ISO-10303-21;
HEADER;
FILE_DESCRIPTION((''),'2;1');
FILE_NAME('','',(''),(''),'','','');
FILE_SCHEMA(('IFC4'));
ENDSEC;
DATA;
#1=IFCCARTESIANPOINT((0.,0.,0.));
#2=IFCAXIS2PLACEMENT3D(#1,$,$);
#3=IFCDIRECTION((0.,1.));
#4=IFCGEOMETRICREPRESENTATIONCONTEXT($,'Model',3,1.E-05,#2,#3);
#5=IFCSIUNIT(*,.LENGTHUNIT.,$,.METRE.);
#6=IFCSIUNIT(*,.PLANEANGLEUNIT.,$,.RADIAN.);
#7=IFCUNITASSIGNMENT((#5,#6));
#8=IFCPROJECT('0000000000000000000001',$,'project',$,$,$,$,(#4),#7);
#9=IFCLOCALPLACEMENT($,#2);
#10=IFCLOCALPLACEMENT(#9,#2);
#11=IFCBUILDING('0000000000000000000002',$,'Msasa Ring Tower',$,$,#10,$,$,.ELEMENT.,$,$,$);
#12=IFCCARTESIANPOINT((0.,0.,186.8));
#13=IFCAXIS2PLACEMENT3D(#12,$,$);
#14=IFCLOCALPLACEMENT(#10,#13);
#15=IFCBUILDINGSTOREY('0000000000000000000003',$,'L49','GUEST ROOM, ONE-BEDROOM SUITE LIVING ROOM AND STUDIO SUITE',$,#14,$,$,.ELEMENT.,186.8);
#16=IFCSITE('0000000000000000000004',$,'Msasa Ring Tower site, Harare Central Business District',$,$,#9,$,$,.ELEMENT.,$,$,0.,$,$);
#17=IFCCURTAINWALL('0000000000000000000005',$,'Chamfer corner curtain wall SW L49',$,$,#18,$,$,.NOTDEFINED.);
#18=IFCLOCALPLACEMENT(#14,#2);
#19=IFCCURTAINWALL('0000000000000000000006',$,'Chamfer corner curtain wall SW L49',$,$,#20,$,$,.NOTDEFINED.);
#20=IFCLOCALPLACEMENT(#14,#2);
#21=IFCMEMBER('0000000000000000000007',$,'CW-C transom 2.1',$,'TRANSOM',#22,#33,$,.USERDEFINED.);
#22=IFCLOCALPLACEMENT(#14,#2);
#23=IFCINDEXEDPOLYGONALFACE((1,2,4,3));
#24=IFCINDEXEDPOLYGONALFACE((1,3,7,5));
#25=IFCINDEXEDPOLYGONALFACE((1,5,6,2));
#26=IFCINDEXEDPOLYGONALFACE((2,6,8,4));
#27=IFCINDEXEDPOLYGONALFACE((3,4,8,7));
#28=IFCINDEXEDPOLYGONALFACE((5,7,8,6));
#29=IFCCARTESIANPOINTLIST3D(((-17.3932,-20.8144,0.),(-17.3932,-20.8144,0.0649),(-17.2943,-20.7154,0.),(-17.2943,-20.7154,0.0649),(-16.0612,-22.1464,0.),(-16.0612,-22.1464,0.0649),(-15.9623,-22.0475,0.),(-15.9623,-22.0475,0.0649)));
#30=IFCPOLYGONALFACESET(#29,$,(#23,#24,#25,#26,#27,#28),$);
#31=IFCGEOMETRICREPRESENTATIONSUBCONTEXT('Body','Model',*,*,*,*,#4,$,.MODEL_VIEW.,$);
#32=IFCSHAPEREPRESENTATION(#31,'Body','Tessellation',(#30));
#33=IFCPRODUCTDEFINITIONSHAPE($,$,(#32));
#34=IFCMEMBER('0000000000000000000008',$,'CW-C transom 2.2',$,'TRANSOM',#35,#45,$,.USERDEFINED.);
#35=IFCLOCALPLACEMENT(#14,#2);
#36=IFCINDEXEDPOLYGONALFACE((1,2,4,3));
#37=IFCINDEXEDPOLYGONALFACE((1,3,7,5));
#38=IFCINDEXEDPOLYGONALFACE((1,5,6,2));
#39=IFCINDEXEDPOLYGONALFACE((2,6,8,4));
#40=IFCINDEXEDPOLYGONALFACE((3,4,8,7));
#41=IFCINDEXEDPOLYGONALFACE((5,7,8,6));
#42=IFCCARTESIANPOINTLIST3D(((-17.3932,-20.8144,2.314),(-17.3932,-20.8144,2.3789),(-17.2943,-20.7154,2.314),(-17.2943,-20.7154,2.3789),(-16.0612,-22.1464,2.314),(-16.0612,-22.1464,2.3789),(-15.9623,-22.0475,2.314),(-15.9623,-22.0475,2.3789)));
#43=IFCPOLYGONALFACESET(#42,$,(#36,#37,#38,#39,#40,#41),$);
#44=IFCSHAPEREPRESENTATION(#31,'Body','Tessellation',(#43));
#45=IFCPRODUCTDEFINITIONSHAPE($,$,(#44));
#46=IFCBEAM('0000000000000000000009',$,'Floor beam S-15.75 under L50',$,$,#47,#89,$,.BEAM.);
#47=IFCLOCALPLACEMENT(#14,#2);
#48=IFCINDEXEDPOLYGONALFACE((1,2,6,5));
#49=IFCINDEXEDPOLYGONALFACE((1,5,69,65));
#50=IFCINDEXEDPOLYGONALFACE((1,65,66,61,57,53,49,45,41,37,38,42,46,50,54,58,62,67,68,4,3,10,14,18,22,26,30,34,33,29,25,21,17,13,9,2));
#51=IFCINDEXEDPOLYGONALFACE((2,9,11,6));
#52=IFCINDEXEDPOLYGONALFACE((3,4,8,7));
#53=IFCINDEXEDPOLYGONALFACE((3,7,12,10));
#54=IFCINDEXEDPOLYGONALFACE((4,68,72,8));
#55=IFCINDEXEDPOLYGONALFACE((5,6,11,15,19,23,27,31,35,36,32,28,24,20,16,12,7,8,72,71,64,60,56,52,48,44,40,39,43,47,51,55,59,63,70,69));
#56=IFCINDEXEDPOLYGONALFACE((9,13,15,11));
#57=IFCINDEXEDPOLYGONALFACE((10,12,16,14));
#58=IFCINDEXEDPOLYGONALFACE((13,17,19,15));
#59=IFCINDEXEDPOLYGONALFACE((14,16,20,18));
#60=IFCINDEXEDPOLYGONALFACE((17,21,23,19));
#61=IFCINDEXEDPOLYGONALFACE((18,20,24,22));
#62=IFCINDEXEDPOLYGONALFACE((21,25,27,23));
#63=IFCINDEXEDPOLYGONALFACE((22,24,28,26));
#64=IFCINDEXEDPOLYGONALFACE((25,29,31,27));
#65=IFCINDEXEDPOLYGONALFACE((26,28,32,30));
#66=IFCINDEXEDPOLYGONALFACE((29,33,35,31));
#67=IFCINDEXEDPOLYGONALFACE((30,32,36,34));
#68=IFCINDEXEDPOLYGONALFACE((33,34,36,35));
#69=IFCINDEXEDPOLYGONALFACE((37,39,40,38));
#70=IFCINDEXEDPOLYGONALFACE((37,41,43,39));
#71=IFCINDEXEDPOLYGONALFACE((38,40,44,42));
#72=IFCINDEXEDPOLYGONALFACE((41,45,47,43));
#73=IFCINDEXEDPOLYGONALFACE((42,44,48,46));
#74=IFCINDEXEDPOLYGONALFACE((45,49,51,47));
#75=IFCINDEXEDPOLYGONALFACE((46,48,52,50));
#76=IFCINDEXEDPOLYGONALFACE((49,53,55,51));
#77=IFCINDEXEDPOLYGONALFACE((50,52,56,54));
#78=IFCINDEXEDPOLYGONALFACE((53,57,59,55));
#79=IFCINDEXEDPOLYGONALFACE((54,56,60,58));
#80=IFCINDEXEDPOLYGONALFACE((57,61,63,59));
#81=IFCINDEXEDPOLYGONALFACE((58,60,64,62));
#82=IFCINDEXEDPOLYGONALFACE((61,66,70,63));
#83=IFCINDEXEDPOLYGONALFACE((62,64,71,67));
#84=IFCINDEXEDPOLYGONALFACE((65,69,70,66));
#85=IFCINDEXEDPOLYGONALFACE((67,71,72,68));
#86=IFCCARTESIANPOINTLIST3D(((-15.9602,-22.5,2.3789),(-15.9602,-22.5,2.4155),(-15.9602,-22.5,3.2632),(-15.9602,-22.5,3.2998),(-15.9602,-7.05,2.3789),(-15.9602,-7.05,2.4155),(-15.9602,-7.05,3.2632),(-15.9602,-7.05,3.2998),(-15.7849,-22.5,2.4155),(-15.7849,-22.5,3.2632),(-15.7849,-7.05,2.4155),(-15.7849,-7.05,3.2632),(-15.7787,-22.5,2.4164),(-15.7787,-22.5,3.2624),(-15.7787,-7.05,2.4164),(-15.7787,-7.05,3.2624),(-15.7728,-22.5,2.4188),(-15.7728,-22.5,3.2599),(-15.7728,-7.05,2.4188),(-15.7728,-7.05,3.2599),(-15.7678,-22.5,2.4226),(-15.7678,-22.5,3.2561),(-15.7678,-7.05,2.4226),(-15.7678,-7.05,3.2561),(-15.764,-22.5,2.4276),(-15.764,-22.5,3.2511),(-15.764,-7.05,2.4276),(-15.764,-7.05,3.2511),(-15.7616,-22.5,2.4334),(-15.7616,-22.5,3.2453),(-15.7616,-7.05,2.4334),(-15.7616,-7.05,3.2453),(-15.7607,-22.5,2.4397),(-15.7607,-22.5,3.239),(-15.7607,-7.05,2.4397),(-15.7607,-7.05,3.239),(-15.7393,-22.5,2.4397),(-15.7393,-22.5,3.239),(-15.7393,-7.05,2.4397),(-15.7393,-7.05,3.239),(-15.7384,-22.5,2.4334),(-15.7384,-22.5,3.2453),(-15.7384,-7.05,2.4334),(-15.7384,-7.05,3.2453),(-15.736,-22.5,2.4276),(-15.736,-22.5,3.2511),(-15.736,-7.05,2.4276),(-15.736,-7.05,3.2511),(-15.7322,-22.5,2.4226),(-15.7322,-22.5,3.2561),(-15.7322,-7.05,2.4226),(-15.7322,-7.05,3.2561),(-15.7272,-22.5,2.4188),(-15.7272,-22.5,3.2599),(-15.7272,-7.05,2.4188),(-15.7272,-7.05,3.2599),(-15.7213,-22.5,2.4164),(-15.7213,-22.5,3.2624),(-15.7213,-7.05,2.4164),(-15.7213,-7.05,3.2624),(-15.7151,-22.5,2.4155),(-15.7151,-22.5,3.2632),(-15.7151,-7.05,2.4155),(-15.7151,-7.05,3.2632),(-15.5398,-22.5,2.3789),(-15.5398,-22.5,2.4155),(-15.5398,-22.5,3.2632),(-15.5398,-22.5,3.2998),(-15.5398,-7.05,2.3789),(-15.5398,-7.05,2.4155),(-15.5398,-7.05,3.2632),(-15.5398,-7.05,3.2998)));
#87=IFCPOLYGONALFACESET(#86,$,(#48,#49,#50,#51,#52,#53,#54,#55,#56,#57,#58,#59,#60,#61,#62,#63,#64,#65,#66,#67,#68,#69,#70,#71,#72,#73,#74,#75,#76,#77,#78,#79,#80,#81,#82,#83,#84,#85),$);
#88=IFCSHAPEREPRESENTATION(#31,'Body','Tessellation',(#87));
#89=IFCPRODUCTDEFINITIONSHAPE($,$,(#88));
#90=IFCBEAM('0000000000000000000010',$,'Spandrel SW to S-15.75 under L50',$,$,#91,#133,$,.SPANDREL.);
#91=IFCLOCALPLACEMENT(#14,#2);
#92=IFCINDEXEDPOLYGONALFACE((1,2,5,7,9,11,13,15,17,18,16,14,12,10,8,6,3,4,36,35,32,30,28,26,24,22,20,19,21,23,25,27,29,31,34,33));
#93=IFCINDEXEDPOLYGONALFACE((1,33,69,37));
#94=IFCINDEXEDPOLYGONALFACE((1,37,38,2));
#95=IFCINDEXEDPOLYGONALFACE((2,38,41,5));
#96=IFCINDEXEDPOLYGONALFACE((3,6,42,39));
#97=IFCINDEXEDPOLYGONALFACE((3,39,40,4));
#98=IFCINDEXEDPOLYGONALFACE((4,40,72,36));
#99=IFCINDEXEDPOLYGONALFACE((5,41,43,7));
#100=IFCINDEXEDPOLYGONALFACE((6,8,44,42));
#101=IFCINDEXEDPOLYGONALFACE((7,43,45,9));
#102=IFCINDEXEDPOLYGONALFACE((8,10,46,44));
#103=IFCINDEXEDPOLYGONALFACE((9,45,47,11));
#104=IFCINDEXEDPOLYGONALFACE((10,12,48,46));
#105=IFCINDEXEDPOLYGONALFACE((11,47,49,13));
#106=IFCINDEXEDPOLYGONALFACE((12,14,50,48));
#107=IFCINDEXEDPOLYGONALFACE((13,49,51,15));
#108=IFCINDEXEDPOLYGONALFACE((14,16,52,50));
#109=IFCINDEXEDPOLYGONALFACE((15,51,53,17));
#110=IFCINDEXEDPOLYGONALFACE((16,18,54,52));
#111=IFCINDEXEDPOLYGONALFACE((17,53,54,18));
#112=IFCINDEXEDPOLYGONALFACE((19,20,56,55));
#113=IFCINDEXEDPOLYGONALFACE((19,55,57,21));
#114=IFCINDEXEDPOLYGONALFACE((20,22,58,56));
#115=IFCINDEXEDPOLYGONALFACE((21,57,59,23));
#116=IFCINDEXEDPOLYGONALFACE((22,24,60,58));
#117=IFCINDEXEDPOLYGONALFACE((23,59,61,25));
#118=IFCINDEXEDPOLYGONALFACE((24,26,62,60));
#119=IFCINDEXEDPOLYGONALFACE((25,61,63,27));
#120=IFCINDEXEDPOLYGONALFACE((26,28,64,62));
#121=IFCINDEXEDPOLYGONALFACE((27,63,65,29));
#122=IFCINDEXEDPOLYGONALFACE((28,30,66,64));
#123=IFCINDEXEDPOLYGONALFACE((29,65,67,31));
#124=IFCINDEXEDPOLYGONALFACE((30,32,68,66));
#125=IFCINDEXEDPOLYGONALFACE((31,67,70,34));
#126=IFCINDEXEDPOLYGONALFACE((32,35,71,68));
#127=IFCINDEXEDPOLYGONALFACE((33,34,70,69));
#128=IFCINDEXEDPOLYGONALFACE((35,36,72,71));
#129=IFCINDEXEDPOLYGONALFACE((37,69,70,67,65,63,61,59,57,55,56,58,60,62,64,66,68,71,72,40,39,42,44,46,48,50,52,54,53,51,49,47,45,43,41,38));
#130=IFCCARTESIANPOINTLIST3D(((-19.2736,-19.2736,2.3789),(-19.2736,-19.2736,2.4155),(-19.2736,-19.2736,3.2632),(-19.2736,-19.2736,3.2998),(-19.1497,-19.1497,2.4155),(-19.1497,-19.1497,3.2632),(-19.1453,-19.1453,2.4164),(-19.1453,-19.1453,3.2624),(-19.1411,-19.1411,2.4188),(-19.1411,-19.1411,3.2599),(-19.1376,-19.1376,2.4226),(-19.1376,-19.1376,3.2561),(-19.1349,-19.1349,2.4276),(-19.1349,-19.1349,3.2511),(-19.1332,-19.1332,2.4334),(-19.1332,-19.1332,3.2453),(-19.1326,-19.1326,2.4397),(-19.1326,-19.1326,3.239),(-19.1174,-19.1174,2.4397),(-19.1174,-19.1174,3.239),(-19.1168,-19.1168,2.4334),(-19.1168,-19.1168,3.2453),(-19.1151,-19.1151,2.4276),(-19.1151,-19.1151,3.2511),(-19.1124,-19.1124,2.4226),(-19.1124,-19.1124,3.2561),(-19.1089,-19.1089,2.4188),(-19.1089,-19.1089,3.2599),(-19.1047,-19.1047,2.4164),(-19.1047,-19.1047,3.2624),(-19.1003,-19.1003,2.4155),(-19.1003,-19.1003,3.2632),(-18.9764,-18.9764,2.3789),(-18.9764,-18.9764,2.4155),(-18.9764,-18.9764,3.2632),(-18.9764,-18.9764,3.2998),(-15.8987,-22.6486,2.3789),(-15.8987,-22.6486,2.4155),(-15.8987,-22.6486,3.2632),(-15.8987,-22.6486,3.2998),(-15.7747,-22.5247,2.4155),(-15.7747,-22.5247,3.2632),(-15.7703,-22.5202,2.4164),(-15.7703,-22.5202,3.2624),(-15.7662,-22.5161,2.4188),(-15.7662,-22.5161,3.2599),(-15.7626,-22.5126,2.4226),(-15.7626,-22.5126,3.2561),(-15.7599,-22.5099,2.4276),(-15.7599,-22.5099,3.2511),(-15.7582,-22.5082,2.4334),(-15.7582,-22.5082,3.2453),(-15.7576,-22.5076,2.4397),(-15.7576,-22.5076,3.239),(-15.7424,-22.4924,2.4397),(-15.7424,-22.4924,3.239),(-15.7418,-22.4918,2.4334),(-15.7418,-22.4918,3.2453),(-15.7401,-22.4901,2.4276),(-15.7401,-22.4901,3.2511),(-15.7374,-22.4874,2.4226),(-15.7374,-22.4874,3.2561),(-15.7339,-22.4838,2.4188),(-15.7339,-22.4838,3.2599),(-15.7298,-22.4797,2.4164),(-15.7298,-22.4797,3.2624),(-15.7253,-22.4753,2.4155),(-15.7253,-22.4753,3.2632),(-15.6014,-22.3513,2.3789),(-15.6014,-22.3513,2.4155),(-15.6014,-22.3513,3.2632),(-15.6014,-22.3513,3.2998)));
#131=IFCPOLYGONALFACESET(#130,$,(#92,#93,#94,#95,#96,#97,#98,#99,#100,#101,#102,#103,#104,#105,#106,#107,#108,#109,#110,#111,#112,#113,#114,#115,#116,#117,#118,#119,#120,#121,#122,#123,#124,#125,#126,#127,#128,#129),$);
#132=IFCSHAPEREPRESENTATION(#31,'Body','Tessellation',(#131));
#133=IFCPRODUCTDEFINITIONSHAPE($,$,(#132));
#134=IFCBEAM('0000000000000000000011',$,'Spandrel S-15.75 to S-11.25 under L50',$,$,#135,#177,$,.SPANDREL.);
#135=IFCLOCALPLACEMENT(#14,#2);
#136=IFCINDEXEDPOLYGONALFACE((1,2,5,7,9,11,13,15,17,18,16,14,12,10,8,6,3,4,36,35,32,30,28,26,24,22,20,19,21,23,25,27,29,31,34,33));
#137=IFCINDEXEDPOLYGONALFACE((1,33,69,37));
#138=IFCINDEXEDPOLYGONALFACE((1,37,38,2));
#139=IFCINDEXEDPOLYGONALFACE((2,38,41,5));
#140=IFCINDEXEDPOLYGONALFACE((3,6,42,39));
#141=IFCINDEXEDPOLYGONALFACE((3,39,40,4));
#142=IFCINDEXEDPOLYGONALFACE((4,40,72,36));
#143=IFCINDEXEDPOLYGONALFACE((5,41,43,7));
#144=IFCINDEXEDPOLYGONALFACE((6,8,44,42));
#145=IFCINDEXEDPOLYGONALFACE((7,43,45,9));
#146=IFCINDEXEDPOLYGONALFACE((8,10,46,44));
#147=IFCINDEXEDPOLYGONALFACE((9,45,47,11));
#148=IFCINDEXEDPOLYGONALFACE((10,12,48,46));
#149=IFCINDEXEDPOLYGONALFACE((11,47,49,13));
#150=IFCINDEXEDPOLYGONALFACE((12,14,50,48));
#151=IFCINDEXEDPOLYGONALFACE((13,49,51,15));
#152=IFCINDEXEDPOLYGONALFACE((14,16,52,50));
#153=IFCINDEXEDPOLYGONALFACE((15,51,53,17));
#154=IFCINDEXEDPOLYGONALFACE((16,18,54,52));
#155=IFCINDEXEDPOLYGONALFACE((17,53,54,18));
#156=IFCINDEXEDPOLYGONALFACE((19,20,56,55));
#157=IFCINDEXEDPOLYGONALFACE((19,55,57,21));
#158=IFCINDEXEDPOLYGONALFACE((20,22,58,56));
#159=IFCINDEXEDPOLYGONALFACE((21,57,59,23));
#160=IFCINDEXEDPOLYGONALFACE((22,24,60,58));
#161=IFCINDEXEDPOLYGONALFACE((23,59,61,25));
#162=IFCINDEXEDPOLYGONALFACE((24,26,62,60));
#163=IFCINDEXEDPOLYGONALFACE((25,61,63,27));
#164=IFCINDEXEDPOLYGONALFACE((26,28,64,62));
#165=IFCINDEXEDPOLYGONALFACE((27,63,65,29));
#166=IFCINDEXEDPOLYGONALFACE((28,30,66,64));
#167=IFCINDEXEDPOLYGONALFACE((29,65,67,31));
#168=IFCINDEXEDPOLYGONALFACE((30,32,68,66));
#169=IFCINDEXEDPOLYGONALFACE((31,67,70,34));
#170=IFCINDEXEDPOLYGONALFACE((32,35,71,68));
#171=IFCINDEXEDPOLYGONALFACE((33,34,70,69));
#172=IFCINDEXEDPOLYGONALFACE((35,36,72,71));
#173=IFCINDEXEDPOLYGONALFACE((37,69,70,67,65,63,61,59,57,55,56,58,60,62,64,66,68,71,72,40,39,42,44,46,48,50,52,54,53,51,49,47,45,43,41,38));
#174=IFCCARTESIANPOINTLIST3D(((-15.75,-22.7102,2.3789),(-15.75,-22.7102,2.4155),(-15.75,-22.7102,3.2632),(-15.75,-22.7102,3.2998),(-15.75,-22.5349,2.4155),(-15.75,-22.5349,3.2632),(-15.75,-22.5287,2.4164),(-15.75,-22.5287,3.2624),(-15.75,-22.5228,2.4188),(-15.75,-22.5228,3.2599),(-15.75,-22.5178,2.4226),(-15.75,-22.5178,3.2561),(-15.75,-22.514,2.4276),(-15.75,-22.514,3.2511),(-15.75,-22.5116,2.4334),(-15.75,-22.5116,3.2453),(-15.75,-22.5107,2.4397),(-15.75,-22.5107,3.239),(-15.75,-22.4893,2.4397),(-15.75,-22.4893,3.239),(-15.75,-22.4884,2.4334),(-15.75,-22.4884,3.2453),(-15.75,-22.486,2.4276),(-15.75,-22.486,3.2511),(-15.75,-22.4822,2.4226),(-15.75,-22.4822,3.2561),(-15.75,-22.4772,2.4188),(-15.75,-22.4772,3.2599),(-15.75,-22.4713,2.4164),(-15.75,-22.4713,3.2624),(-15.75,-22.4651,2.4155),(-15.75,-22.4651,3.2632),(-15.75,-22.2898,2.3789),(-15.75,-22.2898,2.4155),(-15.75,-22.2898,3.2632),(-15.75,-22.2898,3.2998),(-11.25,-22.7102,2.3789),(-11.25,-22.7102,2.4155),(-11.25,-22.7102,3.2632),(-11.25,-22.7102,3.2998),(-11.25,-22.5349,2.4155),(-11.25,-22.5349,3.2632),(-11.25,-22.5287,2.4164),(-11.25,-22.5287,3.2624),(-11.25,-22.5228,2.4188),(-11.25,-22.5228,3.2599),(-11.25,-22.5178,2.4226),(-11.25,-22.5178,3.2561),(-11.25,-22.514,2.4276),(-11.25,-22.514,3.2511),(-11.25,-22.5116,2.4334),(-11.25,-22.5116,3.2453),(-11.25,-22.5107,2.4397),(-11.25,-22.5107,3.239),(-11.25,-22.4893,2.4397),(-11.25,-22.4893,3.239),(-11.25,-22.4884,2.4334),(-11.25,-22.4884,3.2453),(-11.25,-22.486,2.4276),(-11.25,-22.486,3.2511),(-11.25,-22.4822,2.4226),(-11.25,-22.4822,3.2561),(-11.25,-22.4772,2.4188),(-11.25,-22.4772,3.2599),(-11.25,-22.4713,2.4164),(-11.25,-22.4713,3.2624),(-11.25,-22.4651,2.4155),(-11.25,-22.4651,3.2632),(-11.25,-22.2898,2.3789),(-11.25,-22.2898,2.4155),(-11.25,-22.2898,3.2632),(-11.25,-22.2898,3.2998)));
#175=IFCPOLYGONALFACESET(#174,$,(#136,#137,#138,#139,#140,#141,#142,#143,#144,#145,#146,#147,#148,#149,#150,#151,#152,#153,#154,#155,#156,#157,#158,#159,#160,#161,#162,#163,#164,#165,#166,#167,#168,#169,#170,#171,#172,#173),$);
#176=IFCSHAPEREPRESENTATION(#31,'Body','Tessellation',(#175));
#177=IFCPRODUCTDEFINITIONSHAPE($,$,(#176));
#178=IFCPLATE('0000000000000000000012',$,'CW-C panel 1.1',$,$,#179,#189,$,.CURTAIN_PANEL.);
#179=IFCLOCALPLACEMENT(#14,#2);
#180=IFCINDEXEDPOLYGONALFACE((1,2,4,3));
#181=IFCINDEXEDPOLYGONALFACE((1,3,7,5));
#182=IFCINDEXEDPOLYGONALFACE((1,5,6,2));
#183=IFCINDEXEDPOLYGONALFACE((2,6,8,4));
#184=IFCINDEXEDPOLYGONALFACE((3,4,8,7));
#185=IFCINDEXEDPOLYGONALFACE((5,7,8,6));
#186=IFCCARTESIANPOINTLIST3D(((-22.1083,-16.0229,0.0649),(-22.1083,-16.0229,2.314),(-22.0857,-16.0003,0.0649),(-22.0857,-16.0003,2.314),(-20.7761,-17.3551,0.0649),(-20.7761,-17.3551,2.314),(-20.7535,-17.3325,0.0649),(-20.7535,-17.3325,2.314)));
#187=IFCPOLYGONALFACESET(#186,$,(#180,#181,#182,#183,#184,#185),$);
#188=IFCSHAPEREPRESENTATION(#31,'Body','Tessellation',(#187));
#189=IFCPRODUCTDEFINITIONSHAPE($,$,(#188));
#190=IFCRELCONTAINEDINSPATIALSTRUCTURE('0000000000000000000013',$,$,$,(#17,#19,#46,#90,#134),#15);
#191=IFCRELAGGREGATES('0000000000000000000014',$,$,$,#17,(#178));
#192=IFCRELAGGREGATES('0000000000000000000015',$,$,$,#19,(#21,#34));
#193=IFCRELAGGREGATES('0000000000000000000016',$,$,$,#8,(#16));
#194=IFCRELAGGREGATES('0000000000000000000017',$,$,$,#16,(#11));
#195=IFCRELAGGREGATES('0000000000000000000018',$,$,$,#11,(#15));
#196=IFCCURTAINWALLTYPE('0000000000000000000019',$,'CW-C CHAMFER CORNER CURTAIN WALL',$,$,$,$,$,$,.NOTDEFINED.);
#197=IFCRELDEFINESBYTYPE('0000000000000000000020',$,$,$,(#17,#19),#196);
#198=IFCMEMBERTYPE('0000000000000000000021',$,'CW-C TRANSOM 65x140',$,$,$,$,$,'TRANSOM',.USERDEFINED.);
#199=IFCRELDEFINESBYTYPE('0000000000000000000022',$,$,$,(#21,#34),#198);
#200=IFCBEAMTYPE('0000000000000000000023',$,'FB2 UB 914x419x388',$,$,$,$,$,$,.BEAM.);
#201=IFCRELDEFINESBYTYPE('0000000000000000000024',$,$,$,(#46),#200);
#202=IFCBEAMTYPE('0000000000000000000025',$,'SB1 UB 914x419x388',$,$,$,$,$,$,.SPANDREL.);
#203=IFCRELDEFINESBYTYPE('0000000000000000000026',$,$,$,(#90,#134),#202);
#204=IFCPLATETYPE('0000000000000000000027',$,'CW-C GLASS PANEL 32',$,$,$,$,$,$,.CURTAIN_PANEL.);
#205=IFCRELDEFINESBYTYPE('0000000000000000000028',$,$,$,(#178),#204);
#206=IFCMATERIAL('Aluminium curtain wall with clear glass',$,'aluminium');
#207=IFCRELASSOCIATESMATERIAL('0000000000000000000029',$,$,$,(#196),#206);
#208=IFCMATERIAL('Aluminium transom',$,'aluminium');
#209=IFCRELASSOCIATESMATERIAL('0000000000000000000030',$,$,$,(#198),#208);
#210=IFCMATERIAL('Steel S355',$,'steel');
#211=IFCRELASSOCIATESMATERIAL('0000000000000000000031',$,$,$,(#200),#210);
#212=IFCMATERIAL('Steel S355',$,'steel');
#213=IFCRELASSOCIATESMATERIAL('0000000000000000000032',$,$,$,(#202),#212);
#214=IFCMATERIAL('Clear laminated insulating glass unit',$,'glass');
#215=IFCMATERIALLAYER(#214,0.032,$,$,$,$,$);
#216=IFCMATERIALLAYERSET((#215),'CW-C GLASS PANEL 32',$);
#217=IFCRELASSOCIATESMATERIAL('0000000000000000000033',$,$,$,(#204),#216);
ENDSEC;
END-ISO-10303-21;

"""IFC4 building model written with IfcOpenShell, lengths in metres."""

from ifc_helpers import new_model, si_unit, direction, frame, origin, origin_2d, place, context, subcontext, project, spatial, rectangle, i_section, extrude, material, layer, layer_set, material_profile, profile_set, type_object, element, aggregate, save


model = new_model("IFC4")

# Units and contexts
model_context = context("Model", 3, precision=1e-05, world=origin(), true_north=direction((0.0, 1.0)))
body_context = subcontext(model_context, "Body", "Model", "MODEL_VIEW")
ifc_project = project(units=[si_unit("LENGTHUNIT", "METRE"), si_unit("PLANEANGLEUNIT", "RADIAN")], contexts=[model_context])

# Site, building, storey
site_placement = place(None, origin())
site = spatial("IfcSite", under=ifc_project, at=site_placement, Name="Msasa Ring Tower site, Harare Central Business District", CompositionType="ELEMENT", RefElevation=0.0)
building_placement = place(site_placement, origin())
building = spatial("IfcBuilding", under=site, at=building_placement, Name="Msasa Ring Tower", CompositionType="ELEMENT")
storey_placement = place(building_placement, frame((0.0, 0.0, 186.8)))
storey = spatial("IfcBuildingStorey", under=building, at=storey_placement, Name="L49", Description="GUEST ROOM, ONE-BEDROOM SUITE LIVING ROOM AND STUDIO SUITE", CompositionType="ELEMENT", Elevation=186.8)

# Curtain walls
ifc_material_1 = material(Name="Aluminium curtain wall with clear glass", Category="aluminium")
curtain_wall_type = type_object("IfcCurtainWallType", Name="CW-C CHAMFER CORNER CURTAIN WALL", PredefinedType="NOTDEFINED", material=ifc_material_1)
curtain_wall_1_placement = place(storey_placement, origin())
curtain_wall_1 = element("IfcCurtainWall", 1, at=curtain_wall_1_placement, inside=storey, type_object=curtain_wall_type, Name="Chamfer corner curtain wall SW L49", PredefinedType="NOTDEFINED")
curtain_wall_2_placement = place(storey_placement, origin())
curtain_wall_2 = element("IfcCurtainWall", 2, at=curtain_wall_2_placement, inside=storey, type_object=curtain_wall_type, Name="Chamfer corner curtain wall SW L49", PredefinedType="NOTDEFINED")

# Members
ifc_material_2 = material(Name="Aluminium transom", Category="aluminium")
ifc_material_profile_1 = material_profile(ifc_material_2, rectangle(XDim=0.1399, YDim=0.0649, at=origin_2d()), Name="AL 65x140")
ifc_profile_set_1 = profile_set([ifc_material_profile_1], Name="Aluminium transom")
member_type_1 = type_object("IfcMemberType", Name="CW-C TRANSOM 65x140", ElementType="TRANSOM", PredefinedType="USERDEFINED", material=ifc_profile_set_1)
member_1_placement = place(storey_placement, frame((-17.3438, -20.7649, 0.0325), z_axis=(0.707107, -0.707107, 0.0), x_axis=(0.707107, 0.707107, 0.0)))
member_1 = element("IfcMember", 3, at=member_1_placement, type_object=member_type_1, Name="CW-C transom 2.1", ObjectType="TRANSOM", PredefinedType="USERDEFINED", context=body_context, shape_type="SweptSolid", body=[
    extrude(rectangle(XDim=0.1399, YDim=0.0649, at=origin_2d()), origin(), (0.0, 0.0, 1.0), 1.8838),
])
member_2_placement = place(storey_placement, frame((-17.3438, -20.7649, 2.3464), z_axis=(0.707107, -0.707107, 0.0), x_axis=(0.707107, 0.707107, 0.0)))
member_2 = element("IfcMember", 4, at=member_2_placement, type_object=member_type_1, Name="CW-C transom 2.2", ObjectType="TRANSOM", PredefinedType="USERDEFINED", context=body_context, shape_type="SweptSolid", body=[
    extrude(rectangle(XDim=0.1399, YDim=0.0649, at=origin_2d()), origin(), (0.0, 0.0, 1.0), 1.8838),
])

# Beams
ifc_material_3 = material(Name="Steel S355", Category="steel")
ifc_material_profile_2 = material_profile(ifc_material_3, i_section(OverallWidth=0.4204, OverallDepth=0.9209, WebThickness=0.0215, FlangeThickness=0.0366, FilletRadius=0.0242, at=origin_2d()), Name="UB 914x419x388")
ifc_profile_set_2 = profile_set([ifc_material_profile_2], Name="Steel S355")
beam_type_1 = type_object("IfcBeamType", Name="FB2 UB 914x419x388", PredefinedType="BEAM", material=ifc_profile_set_2)
beam_1_placement = place(storey_placement, frame((-15.75, -22.5, 2.8394), z_axis=(0.0, 1.0, 0.0), x_axis=(-1.0, 0.0, 0.0)))
element("IfcBeam", 5, at=beam_1_placement, inside=storey, type_object=beam_type_1, Name="Floor beam S-15.75 under L50", PredefinedType="BEAM", context=body_context, shape_type="SweptSolid", body=[
    extrude(i_section(OverallWidth=0.4204, OverallDepth=0.9209, WebThickness=0.0215, FlangeThickness=0.0366, FilletRadius=0.0242, at=origin_2d()), origin(), (0.0, 0.0, 1.0), 15.45),
])
ifc_material_4 = material(Name="Steel S355", Category="steel")
ifc_material_profile_3 = material_profile(ifc_material_4, i_section(OverallWidth=0.4204, OverallDepth=0.9209, WebThickness=0.0215, FlangeThickness=0.0366, FilletRadius=0.0242, at=origin_2d()), Name="UB 914x419x388")
ifc_profile_set_3 = profile_set([ifc_material_profile_3], Name="Steel S355")
beam_type_2 = type_object("IfcBeamType", Name="SB1 UB 914x419x388", PredefinedType="SPANDREL", material=ifc_profile_set_3)
beam_2_placement = place(storey_placement, frame((-19.125, -19.125, 2.8394), z_axis=(0.707107, -0.707107, 0.0), x_axis=(0.707107, 0.707107, 0.0)))
element("IfcBeam", 6, at=beam_2_placement, inside=storey, type_object=beam_type_2, Name="Spandrel SW to S-15.75 under L50", PredefinedType="SPANDREL", context=body_context, shape_type="SweptSolid", body=[
    extrude(i_section(OverallWidth=0.4204, OverallDepth=0.9209, WebThickness=0.0215, FlangeThickness=0.0366, FilletRadius=0.0242, at=origin_2d()), origin(), (0.0, 0.0, 1.0), 4.7729),
])
beam_3_placement = place(storey_placement, frame((-15.75, -22.5, 2.8394), z_axis=(1.0, 0.0, 0.0), x_axis=(0.0, 1.0, 0.0)))
element("IfcBeam", 7, at=beam_3_placement, inside=storey, type_object=beam_type_2, Name="Spandrel S-15.75 to S-11.25 under L50", PredefinedType="SPANDREL", context=body_context, shape_type="SweptSolid", body=[
    extrude(i_section(OverallWidth=0.4204, OverallDepth=0.9209, WebThickness=0.0215, FlangeThickness=0.0366, FilletRadius=0.0242, at=origin_2d()), origin(), (0.0, 0.0, 1.0), 4.5),
])

# Plate
ifc_material_5 = material(Name="Clear laminated insulating glass unit", Category="glass")
ifc_layer_1 = layer(ifc_material_5, 0.032)
ifc_layer_set_1 = layer_set([ifc_layer_1], Name="CW-C GLASS PANEL 32")
plate_type = type_object("IfcPlateType", Name="CW-C GLASS PANEL 32", PredefinedType="CURTAIN_PANEL", material=ifc_layer_set_1)
plate_1_placement = place(storey_placement, frame((-21.4309, -16.6777, 0.0649), z_axis=(0.0, 0.0, 1.0), x_axis=(0.707107, -0.707107, 0.0)))
plate_1 = element("IfcPlate", 8, at=plate_1_placement, type_object=plate_type, Name="CW-C panel 1.1", PredefinedType="CURTAIN_PANEL", context=body_context, shape_type="SweptSolid", body=[
    extrude(rectangle(XDim=1.884, YDim=0.032, at=origin_2d()), origin(), (0.0, 0.0, 1.0), 2.249),
])
aggregate(curtain_wall_1, [plate_1])
aggregate(curtain_wall_2, [member_1, member_2])

save(model, "model.ifc")
